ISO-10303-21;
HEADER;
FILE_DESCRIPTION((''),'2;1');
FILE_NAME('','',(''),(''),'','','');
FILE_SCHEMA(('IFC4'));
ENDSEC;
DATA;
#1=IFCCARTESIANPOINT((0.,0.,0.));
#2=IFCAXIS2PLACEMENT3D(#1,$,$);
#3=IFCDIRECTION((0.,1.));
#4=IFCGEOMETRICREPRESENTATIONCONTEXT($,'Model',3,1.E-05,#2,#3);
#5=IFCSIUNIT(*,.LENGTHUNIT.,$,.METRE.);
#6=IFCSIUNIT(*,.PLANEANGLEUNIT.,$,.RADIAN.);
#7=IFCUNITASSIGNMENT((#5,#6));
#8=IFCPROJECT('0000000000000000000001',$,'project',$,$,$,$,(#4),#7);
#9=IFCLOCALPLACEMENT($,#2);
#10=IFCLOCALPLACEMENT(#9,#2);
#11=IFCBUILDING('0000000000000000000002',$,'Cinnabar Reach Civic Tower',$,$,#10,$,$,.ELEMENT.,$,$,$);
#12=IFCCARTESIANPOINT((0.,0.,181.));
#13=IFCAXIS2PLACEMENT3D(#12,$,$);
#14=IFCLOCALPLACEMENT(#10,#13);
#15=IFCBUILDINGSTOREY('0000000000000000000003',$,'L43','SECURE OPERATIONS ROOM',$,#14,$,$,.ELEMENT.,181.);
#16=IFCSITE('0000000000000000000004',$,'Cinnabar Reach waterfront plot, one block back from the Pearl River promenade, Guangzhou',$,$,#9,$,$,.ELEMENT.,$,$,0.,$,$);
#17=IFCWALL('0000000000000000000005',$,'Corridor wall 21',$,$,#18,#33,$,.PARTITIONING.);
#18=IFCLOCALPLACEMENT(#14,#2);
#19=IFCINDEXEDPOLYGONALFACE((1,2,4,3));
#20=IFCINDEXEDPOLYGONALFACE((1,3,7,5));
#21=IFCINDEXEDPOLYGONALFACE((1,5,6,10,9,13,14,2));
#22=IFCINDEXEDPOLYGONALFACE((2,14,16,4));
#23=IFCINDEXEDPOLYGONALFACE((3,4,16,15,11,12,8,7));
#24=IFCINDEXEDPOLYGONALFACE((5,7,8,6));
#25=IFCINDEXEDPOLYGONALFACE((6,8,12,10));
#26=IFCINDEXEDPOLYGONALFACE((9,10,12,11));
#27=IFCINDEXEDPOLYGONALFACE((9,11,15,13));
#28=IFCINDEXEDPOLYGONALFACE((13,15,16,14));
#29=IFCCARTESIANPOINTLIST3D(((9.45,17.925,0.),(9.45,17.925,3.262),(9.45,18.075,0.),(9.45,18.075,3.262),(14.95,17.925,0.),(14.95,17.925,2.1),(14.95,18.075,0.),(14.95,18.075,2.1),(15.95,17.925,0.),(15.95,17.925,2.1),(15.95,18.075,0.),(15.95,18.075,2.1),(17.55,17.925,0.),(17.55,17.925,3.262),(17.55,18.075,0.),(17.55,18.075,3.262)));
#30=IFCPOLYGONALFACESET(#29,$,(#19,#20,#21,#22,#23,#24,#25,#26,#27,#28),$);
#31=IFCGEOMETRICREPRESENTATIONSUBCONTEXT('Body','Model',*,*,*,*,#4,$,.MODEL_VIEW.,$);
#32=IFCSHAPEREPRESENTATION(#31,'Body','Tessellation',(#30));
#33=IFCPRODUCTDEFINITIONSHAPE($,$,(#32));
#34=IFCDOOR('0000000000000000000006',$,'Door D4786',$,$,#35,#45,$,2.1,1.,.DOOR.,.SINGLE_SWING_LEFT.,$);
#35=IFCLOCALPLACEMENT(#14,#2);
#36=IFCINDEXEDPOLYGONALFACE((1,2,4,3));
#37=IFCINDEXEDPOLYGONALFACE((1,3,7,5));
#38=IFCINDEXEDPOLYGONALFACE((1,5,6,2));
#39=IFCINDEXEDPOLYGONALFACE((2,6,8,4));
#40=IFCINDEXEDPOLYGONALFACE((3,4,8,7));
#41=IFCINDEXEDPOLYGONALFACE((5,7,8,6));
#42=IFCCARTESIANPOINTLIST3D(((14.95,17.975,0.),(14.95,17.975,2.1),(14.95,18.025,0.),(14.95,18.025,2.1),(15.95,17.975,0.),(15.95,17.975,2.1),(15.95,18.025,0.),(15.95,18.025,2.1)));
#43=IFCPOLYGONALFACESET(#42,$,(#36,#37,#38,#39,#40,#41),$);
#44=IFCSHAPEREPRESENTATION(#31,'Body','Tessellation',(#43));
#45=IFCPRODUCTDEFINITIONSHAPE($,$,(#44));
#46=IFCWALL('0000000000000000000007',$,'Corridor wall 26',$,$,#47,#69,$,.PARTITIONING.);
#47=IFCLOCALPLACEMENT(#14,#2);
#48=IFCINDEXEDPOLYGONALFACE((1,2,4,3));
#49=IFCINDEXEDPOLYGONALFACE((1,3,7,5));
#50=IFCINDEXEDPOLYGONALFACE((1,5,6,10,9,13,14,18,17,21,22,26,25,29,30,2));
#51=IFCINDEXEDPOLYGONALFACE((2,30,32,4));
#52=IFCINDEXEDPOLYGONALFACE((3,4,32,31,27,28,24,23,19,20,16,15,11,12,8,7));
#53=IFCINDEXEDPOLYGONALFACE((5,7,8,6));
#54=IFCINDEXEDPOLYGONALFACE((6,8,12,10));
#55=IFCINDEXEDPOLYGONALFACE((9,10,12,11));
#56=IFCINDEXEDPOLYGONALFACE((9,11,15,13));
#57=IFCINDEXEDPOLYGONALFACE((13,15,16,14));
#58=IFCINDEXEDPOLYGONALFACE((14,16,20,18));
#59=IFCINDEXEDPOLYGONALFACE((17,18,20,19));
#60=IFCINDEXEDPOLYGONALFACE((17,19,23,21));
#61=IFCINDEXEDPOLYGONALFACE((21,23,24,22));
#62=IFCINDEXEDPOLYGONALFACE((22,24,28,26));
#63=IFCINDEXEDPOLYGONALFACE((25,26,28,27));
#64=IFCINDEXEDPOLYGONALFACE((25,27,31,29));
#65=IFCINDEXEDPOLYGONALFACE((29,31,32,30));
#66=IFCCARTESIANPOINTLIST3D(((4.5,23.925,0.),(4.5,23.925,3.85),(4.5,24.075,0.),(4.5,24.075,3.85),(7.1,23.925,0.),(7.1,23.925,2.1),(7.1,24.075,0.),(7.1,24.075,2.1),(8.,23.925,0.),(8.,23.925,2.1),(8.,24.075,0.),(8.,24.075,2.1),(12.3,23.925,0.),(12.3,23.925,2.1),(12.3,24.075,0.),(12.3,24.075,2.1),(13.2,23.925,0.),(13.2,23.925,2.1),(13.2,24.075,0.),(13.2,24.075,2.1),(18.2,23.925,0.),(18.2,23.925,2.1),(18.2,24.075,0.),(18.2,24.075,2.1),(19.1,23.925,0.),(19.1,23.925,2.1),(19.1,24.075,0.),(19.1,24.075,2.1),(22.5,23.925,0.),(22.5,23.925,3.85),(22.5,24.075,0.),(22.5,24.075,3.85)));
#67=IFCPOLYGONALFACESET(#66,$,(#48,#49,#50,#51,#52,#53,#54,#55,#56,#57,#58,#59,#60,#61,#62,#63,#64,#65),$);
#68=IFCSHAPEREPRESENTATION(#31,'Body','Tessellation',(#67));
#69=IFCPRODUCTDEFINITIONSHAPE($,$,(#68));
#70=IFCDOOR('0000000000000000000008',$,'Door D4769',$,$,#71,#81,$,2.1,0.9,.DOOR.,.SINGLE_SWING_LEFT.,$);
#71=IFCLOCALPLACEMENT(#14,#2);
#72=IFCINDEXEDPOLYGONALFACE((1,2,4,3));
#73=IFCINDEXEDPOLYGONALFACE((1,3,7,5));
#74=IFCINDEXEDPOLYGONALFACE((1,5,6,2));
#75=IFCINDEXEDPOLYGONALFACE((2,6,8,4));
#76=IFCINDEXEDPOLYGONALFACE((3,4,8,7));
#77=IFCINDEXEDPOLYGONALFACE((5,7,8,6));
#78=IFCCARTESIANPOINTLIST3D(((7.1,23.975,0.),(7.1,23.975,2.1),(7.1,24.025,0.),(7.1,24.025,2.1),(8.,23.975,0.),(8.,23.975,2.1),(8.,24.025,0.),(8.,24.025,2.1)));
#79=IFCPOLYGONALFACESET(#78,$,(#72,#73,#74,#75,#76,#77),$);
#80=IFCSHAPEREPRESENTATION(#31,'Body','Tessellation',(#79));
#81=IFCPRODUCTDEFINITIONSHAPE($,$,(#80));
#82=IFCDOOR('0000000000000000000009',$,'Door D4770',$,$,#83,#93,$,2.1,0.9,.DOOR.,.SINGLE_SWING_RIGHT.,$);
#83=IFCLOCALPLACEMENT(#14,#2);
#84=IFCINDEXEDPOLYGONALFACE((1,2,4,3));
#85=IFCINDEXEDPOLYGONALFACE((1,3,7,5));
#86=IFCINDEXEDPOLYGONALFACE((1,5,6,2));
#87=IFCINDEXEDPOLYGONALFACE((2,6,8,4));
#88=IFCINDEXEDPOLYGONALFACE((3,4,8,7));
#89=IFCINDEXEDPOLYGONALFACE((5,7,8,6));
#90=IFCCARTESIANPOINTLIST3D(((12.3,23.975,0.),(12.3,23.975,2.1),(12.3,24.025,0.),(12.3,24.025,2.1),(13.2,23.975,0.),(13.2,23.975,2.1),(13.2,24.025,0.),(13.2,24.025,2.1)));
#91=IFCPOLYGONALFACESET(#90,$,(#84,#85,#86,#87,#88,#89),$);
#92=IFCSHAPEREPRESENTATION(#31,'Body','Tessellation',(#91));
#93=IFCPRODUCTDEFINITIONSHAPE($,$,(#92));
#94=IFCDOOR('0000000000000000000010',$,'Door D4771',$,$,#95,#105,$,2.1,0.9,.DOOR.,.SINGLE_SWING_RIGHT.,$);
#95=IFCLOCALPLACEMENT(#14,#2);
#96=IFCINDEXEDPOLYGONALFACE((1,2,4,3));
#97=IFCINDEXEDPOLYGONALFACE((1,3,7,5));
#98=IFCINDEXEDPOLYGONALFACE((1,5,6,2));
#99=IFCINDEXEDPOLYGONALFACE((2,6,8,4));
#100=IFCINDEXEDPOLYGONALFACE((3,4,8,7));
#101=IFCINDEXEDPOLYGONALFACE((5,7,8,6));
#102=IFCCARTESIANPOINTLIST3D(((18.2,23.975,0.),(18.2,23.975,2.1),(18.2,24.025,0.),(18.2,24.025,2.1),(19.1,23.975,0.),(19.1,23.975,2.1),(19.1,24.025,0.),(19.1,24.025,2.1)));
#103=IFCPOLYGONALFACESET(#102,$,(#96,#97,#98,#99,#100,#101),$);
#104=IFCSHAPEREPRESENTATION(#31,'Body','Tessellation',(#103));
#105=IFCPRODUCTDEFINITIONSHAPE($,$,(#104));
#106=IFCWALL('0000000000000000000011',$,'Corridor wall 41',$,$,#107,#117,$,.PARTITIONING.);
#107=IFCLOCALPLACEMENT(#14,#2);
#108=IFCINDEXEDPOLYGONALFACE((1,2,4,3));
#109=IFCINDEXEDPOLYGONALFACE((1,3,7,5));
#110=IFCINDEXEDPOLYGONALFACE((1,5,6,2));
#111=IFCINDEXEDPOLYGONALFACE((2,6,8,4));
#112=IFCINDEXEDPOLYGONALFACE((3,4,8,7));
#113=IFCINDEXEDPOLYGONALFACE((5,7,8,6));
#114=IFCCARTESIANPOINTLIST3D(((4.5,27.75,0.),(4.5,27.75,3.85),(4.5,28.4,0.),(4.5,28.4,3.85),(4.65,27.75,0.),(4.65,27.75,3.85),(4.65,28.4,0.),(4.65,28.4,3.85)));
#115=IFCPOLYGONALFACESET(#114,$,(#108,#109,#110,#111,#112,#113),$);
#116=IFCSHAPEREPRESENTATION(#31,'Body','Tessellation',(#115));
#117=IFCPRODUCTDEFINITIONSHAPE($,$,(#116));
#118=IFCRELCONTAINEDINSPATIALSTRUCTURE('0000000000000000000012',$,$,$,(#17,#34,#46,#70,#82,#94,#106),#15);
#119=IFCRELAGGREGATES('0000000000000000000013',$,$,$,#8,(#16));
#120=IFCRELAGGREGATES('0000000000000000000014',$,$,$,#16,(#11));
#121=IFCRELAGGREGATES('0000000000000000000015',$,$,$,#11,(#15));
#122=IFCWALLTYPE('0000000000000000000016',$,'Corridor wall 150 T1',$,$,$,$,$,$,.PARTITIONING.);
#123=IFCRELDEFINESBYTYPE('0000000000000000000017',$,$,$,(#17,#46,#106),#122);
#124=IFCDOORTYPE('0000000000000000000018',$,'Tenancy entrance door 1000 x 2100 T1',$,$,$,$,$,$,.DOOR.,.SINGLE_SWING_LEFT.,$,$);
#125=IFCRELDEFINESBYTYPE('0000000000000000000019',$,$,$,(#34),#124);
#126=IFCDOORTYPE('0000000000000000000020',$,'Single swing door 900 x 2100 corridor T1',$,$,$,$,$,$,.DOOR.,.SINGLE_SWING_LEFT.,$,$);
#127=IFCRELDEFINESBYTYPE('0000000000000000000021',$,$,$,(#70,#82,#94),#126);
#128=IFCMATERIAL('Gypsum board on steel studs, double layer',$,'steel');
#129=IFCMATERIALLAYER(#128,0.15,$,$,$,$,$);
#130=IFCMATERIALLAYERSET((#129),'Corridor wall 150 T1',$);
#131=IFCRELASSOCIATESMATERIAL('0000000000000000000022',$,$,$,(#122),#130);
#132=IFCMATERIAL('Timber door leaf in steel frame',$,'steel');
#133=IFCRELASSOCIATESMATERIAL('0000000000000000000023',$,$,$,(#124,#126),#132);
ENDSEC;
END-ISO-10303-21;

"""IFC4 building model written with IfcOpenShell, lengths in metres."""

from ifc_helpers import new_model, si_unit, direction, frame, frame_2d, origin, place, context, subcontext, project, spatial, rectangle, extrude, material, layer, layer_set, type_object, element, fill, save


model = new_model("IFC4")

# Units and contexts
model_context = context("Model", 3, precision=1e-05, world=origin(), true_north=direction((0.0, 1.0)))
body_context = subcontext(model_context, "Body", "Model", "MODEL_VIEW")
ifc_project = project(units=[si_unit("LENGTHUNIT", "METRE"), si_unit("PLANEANGLEUNIT", "RADIAN")], contexts=[model_context])

# Site, building, storey
site_placement = place(None, origin())
site = spatial("IfcSite", under=ifc_project, at=site_placement, Name="Cinnabar Reach waterfront plot, one block back from the Pearl River promenade, Guangzhou", CompositionType="ELEMENT", RefElevation=0.0)
building_placement = place(site_placement, origin())
building = spatial("IfcBuilding", under=site, at=building_placement, Name="Cinnabar Reach Civic Tower", CompositionType="ELEMENT")
storey_placement = place(building_placement, frame((0.0, 0.0, 181.0)))
storey = spatial("IfcBuildingStorey", under=building, at=storey_placement, Name="L43", Description="SECURE OPERATIONS ROOM", CompositionType="ELEMENT", Elevation=181.0)

# Wall, opening, door
ifc_material_1 = material(Name="Timber door leaf in steel frame", Category="steel")
ifc_material_2 = material(Name="Gypsum board on steel studs, double layer", Category="steel")
ifc_layer_1 = layer(ifc_material_2, 0.15)
ifc_layer_set_1 = layer_set([ifc_layer_1], Name="Corridor wall 150 T1")
wall_type_1 = type_object("IfcWallType", Name="Corridor wall 150 T1", PredefinedType="PARTITIONING", material=ifc_layer_set_1)
wall_1_placement = place(storey_placement, frame((9.45, 18.0, 0.0), z_axis=(0.0, 0.0, 1.0), x_axis=(1.0, 0.0, 0.0)))
wall_1 = element("IfcWall", 1, at=wall_1_placement, inside=storey, type_object=wall_type_1, Name="Corridor wall 21", PredefinedType="PARTITIONING", context=body_context, shape_type="SweptSolid", body=[
    extrude(rectangle(XDim=8.1, YDim=0.15, at=frame_2d((4.05, 0.0))), origin(), (0.0, 0.0, 1.0), 3.262),
])
opening_1_placement = place(wall_1_placement, frame((5.5, 0.0, 0.0)))
opening_1 = element("IfcOpeningElement", 2, at=opening_1_placement, cuts=wall_1, PredefinedType="OPENING", context=body_context, shape_type="SweptSolid", body=[
    extrude(rectangle(XDim=1.0, YDim=2.1, at=frame_2d((0.5, 1.05))), frame((0.0, 0.085, 0.0), z_axis=(0.0, -1.0, 0.0), x_axis=(1.0, 0.0, 0.0)), (0.0, 0.0, 1.0), 0.17),
])
door_type_1 = type_object("IfcDoorType", Name="Tenancy entrance door 1000 x 2100 T1", OperationType="SINGLE_SWING_LEFT", PredefinedType="DOOR", material=ifc_material_1)
door_1_placement = place(opening_1_placement, frame((1.0, 0.0, 0.0), z_axis=(0.0, 0.0, 1.0), x_axis=(-1.0, 0.0, 0.0)))
door_1 = element("IfcDoor", 3, at=door_1_placement, inside=storey, type_object=door_type_1, Name="Door D4786", OperationType="SINGLE_SWING_LEFT", OverallHeight=2.1, OverallWidth=1.0, PredefinedType="DOOR", context=body_context, shape_type="SweptSolid", body=[
    extrude(rectangle(XDim=1.0, YDim=2.1, at=frame_2d((0.5, 1.05))), frame((0.0, 0.025, 0.0), z_axis=(0.0, -1.0, 0.0), x_axis=(1.0, 0.0, 0.0)), (0.0, 0.0, 1.0), 0.05),
])
fill(opening_1, door_1)

# Wall, openings, doors
wall_2_placement = place(storey_placement, frame((4.5, 24.0, 0.0), z_axis=(0.0, 0.0, 1.0), x_axis=(1.0, 0.0, 0.0)))
wall_2 = element("IfcWall", 4, at=wall_2_placement, inside=storey, type_object=wall_type_1, Name="Corridor wall 26", PredefinedType="PARTITIONING", context=body_context, shape_type="SweptSolid", body=[
    extrude(rectangle(XDim=18.0, YDim=0.15, at=frame_2d((9.0, 0.0))), origin(), (0.0, 0.0, 1.0), 3.85),
])
opening_2_placement = place(wall_2_placement, frame((2.6, 0.0, 0.0)))
opening_2 = element("IfcOpeningElement", 5, at=opening_2_placement, cuts=wall_2, PredefinedType="OPENING", context=body_context, shape_type="SweptSolid", body=[
    extrude(rectangle(XDim=0.9, YDim=2.1, at=frame_2d((0.45, 1.05))), frame((0.0, 0.085, 0.0), z_axis=(0.0, -1.0, 0.0), x_axis=(1.0, 0.0, 0.0)), (0.0, 0.0, 1.0), 0.17),
])
opening_3_placement = place(wall_2_placement, frame((7.8, 0.0, 0.0)))
opening_3 = element("IfcOpeningElement", 6, at=opening_3_placement, cuts=wall_2, PredefinedType="OPENING", context=body_context, shape_type="SweptSolid", body=[
    extrude(rectangle(XDim=0.9, YDim=2.1, at=frame_2d((0.45, 1.05))), frame((0.0, 0.085, 0.0), z_axis=(0.0, -1.0, 0.0), x_axis=(1.0, 0.0, 0.0)), (0.0, 0.0, 1.0), 0.17),
])
opening_4_placement = place(wall_2_placement, frame((13.7, 0.0, 0.0)))
opening_4 = element("IfcOpeningElement", 7, at=opening_4_placement, cuts=wall_2, PredefinedType="OPENING", context=body_context, shape_type="SweptSolid", body=[
    extrude(rectangle(XDim=0.9, YDim=2.1, at=frame_2d((0.45, 1.05))), frame((0.0, 0.085, 0.0), z_axis=(0.0, -1.0, 0.0), x_axis=(1.0, 0.0, 0.0)), (0.0, 0.0, 1.0), 0.17),
])
door_type_2 = type_object("IfcDoorType", Name="Single swing door 900 x 2100 corridor T1", OperationType="SINGLE_SWING_LEFT", PredefinedType="DOOR", material=ifc_material_1)
door_2_placement = place(opening_2_placement, frame((0.9, 0.0, 0.0), z_axis=(0.0, 0.0, 1.0), x_axis=(-1.0, 0.0, 0.0)))
door_2 = element("IfcDoor", 8, at=door_2_placement, inside=storey, type_object=door_type_2, Name="Door D4769", OperationType="SINGLE_SWING_LEFT", OverallHeight=2.1, OverallWidth=0.9, PredefinedType="DOOR", context=body_context, shape_type="SweptSolid", body=[
    extrude(rectangle(XDim=0.9, YDim=2.1, at=frame_2d((0.45, 1.05))), frame((0.0, 0.025, 0.0), z_axis=(0.0, -1.0, 0.0), x_axis=(1.0, 0.0, 0.0)), (0.0, 0.0, 1.0), 0.05),
])
fill(opening_2, door_2)
door_3_placement = place(opening_3_placement, frame((0.9, 0.0, 0.0), z_axis=(0.0, 0.0, 1.0), x_axis=(-1.0, 0.0, 0.0)))
door_3 = element("IfcDoor", 9, at=door_3_placement, inside=storey, type_object=door_type_2, Name="Door D4770", OperationType="SINGLE_SWING_RIGHT", OverallHeight=2.1, OverallWidth=0.9, PredefinedType="DOOR", context=body_context, shape_type="SweptSolid", body=[
    extrude(rectangle(XDim=0.9, YDim=2.1, at=frame_2d((0.45, 1.05))), frame((0.0, 0.025, 0.0), z_axis=(0.0, -1.0, 0.0), x_axis=(1.0, 0.0, 0.0)), (0.0, 0.0, 1.0), 0.05),
])
fill(opening_3, door_3)
door_4_placement = place(opening_4_placement, frame((0.9, 0.0, 0.0), z_axis=(0.0, 0.0, 1.0), x_axis=(-1.0, 0.0, 0.0)))
door_4 = element("IfcDoor", 10, at=door_4_placement, inside=storey, type_object=door_type_2, Name="Door D4771", OperationType="SINGLE_SWING_RIGHT", OverallHeight=2.1, OverallWidth=0.9, PredefinedType="DOOR", context=body_context, shape_type="SweptSolid", body=[
    extrude(rectangle(XDim=0.9, YDim=2.1, at=frame_2d((0.45, 1.05))), frame((0.0, 0.025, 0.0), z_axis=(0.0, -1.0, 0.0), x_axis=(1.0, 0.0, 0.0)), (0.0, 0.0, 1.0), 0.05),
])
fill(opening_4, door_4)

# Wall
wall_3_placement = place(storey_placement, frame((4.575, 27.75, 0.0), z_axis=(0.0, 0.0, 1.0), x_axis=(0.0, 1.0, 0.0)))
element("IfcWall", 11, at=wall_3_placement, inside=storey, type_object=wall_type_1, Name="Corridor wall 41", PredefinedType="PARTITIONING", context=body_context, shape_type="SweptSolid", body=[
    extrude(rectangle(XDim=0.65, YDim=0.15, at=frame_2d((0.325, 0.0))), origin(), (0.0, 0.0, 1.0), 3.85),
])

save(model, "model.ifc")
